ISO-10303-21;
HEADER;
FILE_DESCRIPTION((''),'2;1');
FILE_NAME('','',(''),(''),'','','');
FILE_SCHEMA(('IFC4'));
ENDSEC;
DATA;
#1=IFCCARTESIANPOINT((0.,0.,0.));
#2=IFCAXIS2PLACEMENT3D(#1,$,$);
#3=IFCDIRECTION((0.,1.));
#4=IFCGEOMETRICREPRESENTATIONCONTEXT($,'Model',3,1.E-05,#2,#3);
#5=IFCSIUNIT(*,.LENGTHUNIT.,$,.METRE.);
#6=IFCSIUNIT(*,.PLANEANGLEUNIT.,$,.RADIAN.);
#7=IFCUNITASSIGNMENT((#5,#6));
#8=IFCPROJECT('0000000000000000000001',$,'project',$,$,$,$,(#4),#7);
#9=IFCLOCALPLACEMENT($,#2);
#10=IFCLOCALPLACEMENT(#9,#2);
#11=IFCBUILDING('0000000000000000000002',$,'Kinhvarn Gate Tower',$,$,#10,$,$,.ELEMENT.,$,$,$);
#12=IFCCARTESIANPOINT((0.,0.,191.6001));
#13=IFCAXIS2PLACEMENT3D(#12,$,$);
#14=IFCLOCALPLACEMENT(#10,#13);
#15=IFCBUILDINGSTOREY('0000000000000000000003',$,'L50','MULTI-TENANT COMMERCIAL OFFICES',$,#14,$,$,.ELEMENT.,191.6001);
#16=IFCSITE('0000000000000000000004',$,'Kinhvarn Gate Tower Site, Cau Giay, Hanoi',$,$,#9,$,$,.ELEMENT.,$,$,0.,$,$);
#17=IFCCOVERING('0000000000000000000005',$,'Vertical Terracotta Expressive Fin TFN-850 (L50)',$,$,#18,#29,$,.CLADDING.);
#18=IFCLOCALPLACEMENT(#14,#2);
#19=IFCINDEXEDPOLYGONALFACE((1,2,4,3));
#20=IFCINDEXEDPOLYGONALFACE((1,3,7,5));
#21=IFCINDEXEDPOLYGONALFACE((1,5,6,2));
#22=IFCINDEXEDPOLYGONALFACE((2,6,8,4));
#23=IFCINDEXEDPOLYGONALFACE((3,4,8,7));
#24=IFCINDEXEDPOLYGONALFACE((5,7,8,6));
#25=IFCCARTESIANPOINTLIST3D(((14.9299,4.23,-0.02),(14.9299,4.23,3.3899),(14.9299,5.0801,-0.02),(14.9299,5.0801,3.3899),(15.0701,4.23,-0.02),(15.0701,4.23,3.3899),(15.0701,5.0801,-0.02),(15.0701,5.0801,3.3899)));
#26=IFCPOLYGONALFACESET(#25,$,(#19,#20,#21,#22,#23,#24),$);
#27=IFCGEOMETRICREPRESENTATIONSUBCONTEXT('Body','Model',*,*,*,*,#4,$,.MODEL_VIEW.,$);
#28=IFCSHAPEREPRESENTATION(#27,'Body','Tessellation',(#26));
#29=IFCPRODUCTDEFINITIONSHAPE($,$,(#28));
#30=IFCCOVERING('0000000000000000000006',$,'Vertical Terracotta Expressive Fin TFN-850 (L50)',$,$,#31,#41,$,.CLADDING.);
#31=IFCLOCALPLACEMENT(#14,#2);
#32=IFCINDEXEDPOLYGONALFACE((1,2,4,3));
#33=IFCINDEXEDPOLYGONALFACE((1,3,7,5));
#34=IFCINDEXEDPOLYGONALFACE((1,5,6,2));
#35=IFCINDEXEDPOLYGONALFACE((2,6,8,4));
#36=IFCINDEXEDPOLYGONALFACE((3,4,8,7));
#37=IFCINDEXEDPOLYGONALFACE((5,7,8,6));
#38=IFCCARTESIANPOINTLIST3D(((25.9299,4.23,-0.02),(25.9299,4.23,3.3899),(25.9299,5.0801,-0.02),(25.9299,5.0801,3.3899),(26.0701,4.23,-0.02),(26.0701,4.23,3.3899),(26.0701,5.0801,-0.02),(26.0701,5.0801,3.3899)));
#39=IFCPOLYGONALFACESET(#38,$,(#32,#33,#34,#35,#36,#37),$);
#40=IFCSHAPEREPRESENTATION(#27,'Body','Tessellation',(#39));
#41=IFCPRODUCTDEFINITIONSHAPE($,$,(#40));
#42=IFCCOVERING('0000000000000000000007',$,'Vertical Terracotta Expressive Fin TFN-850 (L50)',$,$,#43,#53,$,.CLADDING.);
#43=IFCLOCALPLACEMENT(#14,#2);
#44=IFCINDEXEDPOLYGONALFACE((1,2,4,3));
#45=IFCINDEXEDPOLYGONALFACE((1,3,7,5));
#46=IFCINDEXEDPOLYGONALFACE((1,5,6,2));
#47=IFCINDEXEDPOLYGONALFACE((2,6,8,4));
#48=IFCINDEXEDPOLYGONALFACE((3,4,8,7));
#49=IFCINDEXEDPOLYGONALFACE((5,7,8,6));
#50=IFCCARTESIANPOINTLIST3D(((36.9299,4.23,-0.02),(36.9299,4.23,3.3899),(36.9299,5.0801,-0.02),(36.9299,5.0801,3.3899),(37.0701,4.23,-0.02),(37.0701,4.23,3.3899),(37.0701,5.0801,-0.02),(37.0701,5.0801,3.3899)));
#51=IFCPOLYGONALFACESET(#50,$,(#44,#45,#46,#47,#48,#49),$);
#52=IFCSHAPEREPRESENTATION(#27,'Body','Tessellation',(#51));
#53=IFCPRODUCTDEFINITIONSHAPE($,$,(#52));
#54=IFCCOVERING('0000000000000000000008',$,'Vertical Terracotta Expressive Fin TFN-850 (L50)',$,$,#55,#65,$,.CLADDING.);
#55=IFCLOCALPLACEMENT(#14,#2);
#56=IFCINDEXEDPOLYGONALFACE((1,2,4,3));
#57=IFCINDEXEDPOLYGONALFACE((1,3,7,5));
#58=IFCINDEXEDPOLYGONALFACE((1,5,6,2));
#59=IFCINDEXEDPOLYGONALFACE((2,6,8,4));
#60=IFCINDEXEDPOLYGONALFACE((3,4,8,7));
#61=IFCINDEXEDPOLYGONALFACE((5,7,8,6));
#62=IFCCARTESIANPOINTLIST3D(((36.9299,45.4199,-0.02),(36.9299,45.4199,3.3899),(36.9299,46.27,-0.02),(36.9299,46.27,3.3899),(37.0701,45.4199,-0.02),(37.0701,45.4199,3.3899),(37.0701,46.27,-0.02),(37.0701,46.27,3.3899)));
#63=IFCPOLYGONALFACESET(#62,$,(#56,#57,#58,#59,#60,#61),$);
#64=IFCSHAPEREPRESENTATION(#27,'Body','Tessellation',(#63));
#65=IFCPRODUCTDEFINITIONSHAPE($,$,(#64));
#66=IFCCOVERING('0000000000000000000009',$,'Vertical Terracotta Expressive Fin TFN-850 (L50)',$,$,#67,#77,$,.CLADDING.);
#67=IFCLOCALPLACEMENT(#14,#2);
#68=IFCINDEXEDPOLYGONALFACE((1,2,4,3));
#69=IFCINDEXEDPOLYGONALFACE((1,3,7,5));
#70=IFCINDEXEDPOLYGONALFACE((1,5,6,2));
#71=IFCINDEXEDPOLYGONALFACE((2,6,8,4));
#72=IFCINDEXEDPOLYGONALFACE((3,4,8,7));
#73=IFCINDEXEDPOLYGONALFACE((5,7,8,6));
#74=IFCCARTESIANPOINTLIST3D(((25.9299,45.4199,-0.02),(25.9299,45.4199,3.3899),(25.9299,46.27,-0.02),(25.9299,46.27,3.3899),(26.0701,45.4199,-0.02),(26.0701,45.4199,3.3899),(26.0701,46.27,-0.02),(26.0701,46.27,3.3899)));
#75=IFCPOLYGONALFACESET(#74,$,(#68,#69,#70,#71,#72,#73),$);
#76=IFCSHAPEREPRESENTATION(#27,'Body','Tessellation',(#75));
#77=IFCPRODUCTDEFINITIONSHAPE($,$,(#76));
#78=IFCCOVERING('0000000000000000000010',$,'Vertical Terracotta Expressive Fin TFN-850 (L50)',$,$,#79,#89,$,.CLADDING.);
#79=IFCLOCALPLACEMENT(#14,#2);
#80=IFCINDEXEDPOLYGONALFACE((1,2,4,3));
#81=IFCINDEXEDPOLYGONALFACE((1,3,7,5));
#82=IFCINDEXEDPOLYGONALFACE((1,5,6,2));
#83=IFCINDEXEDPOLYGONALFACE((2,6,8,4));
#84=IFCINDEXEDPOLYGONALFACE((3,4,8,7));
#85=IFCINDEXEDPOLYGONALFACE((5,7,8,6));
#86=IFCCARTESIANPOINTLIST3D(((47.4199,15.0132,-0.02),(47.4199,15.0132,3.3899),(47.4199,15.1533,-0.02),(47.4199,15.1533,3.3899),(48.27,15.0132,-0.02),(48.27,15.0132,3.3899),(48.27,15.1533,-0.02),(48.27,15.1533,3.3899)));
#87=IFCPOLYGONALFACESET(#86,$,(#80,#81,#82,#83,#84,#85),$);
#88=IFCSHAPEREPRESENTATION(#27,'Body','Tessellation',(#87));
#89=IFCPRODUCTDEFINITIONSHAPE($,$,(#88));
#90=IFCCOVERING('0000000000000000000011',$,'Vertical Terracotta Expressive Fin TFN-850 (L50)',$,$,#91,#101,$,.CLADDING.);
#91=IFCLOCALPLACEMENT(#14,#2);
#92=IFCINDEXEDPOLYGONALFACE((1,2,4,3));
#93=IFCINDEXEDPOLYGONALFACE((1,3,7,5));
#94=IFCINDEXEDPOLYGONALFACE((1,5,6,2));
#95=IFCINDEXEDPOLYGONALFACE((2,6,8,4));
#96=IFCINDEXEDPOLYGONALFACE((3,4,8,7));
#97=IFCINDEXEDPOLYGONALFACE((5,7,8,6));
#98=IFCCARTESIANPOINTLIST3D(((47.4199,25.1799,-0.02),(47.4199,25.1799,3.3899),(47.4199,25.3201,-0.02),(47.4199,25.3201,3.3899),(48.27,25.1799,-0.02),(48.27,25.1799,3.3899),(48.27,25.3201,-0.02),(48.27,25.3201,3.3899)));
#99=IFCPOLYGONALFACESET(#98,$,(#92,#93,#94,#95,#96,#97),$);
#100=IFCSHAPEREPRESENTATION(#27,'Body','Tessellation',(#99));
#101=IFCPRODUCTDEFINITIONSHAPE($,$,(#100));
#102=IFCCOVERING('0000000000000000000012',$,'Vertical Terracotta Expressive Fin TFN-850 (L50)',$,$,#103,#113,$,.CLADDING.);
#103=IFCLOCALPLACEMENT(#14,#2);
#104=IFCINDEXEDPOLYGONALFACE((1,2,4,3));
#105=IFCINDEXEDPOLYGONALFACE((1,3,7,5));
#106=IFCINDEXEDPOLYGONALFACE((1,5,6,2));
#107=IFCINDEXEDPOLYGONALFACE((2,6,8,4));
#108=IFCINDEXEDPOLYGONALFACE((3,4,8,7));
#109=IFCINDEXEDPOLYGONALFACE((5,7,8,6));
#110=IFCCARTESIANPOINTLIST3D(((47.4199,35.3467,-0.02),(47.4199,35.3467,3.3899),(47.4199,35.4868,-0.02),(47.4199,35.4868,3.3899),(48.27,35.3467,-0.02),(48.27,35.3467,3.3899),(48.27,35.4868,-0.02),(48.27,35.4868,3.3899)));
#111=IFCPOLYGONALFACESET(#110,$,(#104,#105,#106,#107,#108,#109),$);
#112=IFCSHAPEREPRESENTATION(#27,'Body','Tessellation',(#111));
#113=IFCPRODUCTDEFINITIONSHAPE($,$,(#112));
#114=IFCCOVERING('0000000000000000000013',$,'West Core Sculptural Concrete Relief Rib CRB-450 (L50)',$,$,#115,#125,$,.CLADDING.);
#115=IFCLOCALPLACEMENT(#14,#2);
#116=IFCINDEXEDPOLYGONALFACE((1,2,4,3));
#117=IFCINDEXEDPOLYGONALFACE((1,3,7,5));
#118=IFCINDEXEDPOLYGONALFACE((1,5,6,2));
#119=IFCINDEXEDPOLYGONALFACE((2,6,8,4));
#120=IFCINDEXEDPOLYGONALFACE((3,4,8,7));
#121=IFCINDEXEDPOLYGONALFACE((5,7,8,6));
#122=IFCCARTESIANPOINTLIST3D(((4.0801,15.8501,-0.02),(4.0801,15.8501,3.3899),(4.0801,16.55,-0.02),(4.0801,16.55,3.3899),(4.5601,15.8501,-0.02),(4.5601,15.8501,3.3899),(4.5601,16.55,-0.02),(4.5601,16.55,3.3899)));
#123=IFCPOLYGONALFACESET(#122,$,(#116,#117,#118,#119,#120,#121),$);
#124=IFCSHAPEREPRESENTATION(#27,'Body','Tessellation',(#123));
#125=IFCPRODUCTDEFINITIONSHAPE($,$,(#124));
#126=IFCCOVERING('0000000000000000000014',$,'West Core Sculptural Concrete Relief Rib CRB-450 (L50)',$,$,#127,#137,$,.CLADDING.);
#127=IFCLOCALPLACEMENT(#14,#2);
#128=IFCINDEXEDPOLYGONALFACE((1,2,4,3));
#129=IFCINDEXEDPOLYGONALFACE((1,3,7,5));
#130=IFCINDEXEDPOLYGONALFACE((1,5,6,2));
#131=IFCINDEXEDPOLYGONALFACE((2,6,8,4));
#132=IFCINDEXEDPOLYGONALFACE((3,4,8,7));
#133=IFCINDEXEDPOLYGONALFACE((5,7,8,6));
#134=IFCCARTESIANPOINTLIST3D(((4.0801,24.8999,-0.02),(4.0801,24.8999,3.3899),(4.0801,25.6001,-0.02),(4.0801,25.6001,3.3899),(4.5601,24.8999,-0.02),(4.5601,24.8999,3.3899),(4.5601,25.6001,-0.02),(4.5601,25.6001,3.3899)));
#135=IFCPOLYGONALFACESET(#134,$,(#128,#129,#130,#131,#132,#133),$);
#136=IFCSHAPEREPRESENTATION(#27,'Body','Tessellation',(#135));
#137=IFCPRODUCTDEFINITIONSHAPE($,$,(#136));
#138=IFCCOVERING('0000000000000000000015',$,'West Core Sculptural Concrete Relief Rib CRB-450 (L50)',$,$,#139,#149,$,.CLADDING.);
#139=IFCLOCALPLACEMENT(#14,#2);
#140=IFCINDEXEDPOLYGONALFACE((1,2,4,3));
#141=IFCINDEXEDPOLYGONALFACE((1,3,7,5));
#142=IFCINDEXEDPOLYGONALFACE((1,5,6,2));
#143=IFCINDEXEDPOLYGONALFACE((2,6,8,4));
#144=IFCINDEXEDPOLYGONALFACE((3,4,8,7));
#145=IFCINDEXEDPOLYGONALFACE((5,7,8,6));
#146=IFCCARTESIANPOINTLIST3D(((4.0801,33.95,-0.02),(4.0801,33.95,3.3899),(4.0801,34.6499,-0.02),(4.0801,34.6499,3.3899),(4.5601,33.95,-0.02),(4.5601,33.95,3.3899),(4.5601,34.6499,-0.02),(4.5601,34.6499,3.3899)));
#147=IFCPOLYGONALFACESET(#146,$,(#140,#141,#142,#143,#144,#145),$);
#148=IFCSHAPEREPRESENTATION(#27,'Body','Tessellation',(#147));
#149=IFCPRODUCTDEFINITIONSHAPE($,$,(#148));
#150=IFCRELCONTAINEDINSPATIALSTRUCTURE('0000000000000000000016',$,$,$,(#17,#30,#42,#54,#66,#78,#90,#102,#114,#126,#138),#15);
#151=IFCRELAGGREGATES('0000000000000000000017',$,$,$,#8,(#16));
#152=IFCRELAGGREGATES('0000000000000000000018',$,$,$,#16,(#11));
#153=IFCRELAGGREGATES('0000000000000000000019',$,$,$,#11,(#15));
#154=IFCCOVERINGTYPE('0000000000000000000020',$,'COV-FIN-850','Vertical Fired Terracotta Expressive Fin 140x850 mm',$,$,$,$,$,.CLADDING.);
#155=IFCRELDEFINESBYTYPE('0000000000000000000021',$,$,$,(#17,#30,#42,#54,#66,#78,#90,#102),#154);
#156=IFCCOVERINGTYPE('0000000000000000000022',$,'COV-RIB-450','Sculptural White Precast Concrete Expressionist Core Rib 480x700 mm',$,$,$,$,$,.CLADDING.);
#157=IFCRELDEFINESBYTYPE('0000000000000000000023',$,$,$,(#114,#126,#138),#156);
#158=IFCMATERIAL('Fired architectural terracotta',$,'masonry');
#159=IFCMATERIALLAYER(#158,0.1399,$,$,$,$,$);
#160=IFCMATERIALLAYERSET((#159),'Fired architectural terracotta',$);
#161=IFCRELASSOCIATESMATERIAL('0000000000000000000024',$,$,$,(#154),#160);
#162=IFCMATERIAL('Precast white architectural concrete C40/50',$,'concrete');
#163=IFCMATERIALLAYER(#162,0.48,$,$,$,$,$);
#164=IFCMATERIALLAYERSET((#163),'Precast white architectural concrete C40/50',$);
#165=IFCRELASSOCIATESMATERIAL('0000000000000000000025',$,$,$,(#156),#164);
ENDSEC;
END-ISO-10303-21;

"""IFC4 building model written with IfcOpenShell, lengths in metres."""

from ifc_helpers import new_model, si_unit, direction, frame, origin, place, context, subcontext, project, spatial, polyline, outline, extrude, material, layer, layer_set, type_object, element, save


model = new_model("IFC4")

# Units and contexts
model_context = context("Model", 3, precision=1e-05, world=origin(), true_north=direction((0.0, 1.0)))
body_context = subcontext(model_context, "Body", "Model", "MODEL_VIEW")
ifc_project = project(units=[si_unit("LENGTHUNIT", "METRE"), si_unit("PLANEANGLEUNIT", "RADIAN")], contexts=[model_context])

# Site, building, storey
site_placement = place(None, origin())
site = spatial("IfcSite", under=ifc_project, at=site_placement, Name="Kinhvarn Gate Tower Site, Cau Giay, Hanoi", CompositionType="ELEMENT", RefElevation=0.0)
building_placement = place(site_placement, origin())
building = spatial("IfcBuilding", under=site, at=building_placement, Name="Kinhvarn Gate Tower", CompositionType="ELEMENT")
storey_placement = place(building_placement, frame((0.0, 0.0, 191.6001)))
storey = spatial("IfcBuildingStorey", under=building, at=storey_placement, Name="L50", Description="MULTI-TENANT COMMERCIAL OFFICES", CompositionType="ELEMENT", Elevation=191.6001)

# Shared definitions
ifc_material_1 = material(Name="Precast white architectural concrete C40/50", Category="concrete")

# Coverings
ifc_material_2 = material(Name="Fired architectural terracotta", Category="masonry")
ifc_layer_1 = layer(ifc_material_2, 0.1399)
ifc_layer_set_1 = layer_set([ifc_layer_1], Name="Fired architectural terracotta")
covering_type_1 = type_object("IfcCoveringType", Name="COV-FIN-850", Description="Vertical Fired Terracotta Expressive Fin 140x850 mm", PredefinedType="CLADDING", material=ifc_layer_set_1)
covering_1_placement = place(storey_placement, frame((0.0, 0.0, -0.02)))
element("IfcCovering", 1, at=covering_1_placement, inside=storey, type_object=covering_type_1, Name="Vertical Terracotta Expressive Fin TFN-850 (L50)", PredefinedType="CLADDING", context=body_context, shape_type="SweptSolid", body=[
    extrude(outline(polyline([(14.9299, 5.0801), (15.0701, 5.0801), (15.0701, 4.23), (14.9299, 4.23), (14.9299, 5.0801)])), origin(), (0.0, 0.0, 1.0), 3.4099),
])
covering_2_placement = place(storey_placement, frame((0.0, 0.0, -0.02)))
element("IfcCovering", 2, at=covering_2_placement, inside=storey, type_object=covering_type_1, Name="Vertical Terracotta Expressive Fin TFN-850 (L50)", PredefinedType="CLADDING", context=body_context, shape_type="SweptSolid", body=[
    extrude(outline(polyline([(25.9299, 5.0801), (26.0701, 5.0801), (26.0701, 4.23), (25.9299, 4.23), (25.9299, 5.0801)])), origin(), (0.0, 0.0, 1.0), 3.4099),
])
covering_3_placement = place(storey_placement, frame((0.0, 0.0, -0.02)))
element("IfcCovering", 3, at=covering_3_placement, inside=storey, type_object=covering_type_1, Name="Vertical Terracotta Expressive Fin TFN-850 (L50)", PredefinedType="CLADDING", context=body_context, shape_type="SweptSolid", body=[
    extrude(outline(polyline([(36.9299, 5.0801), (37.0701, 5.0801), (37.0701, 4.23), (36.9299, 4.23), (36.9299, 5.0801)])), origin(), (0.0, 0.0, 1.0), 3.4099),
])
covering_4_placement = place(storey_placement, frame((0.0, 0.0, -0.02)))
element("IfcCovering", 4, at=covering_4_placement, inside=storey, type_object=covering_type_1, Name="Vertical Terracotta Expressive Fin TFN-850 (L50)", PredefinedType="CLADDING", context=body_context, shape_type="SweptSolid", body=[
    extrude(outline(polyline([(37.0701, 45.4199), (36.9299, 45.4199), (36.9299, 46.27), (37.0701, 46.27), (37.0701, 45.4199)])), origin(), (0.0, 0.0, 1.0), 3.4099),
])
covering_5_placement = place(storey_placement, frame((0.0, 0.0, -0.02)))
element("IfcCovering", 5, at=covering_5_placement, inside=storey, type_object=covering_type_1, Name="Vertical Terracotta Expressive Fin TFN-850 (L50)", PredefinedType="CLADDING", context=body_context, shape_type="SweptSolid", body=[
    extrude(outline(polyline([(26.0701, 45.4199), (25.9299, 45.4199), (25.9299, 46.27), (26.0701, 46.27), (26.0701, 45.4199)])), origin(), (0.0, 0.0, 1.0), 3.4099),
])
covering_6_placement = place(storey_placement, frame((0.0, 0.0, -0.02)))
element("IfcCovering", 6, at=covering_6_placement, inside=storey, type_object=covering_type_1, Name="Vertical Terracotta Expressive Fin TFN-850 (L50)", PredefinedType="CLADDING", context=body_context, shape_type="SweptSolid", body=[
    extrude(outline(polyline([(47.4199, 15.0132), (47.4199, 15.1533), (48.27, 15.1533), (48.27, 15.0132), (47.4199, 15.0132)])), origin(), (0.0, 0.0, 1.0), 3.4099),
])
covering_7_placement = place(storey_placement, frame((0.0, 0.0, -0.02)))
element("IfcCovering", 7, at=covering_7_placement, inside=storey, type_object=covering_type_1, Name="Vertical Terracotta Expressive Fin TFN-850 (L50)", PredefinedType="CLADDING", context=body_context, shape_type="SweptSolid", body=[
    extrude(outline(polyline([(47.4199, 25.1799), (47.4199, 25.3201), (48.27, 25.3201), (48.27, 25.1799), (47.4199, 25.1799)])), origin(), (0.0, 0.0, 1.0), 3.4099),
])
covering_8_placement = place(storey_placement, frame((0.0, 0.0, -0.02)))
element("IfcCovering", 8, at=covering_8_placement, inside=storey, type_object=covering_type_1, Name="Vertical Terracotta Expressive Fin TFN-850 (L50)", PredefinedType="CLADDING", context=body_context, shape_type="SweptSolid", body=[
    extrude(outline(polyline([(47.4199, 35.3467), (47.4199, 35.4868), (48.27, 35.4868), (48.27, 35.3467), (47.4199, 35.3467)])), origin(), (0.0, 0.0, 1.0), 3.4099),
])
ifc_layer_2 = layer(ifc_material_1, 0.48)
ifc_layer_set_2 = layer_set([ifc_layer_2], Name="Precast white architectural concrete C40/50")
covering_type_2 = type_object("IfcCoveringType", Name="COV-RIB-450", Description="Sculptural White Precast Concrete Expressionist Core Rib 480x700 mm", PredefinedType="CLADDING", material=ifc_layer_set_2)
covering_9_placement = place(storey_placement, frame((0.0, 0.0, -0.02)))
element("IfcCovering", 9, at=covering_9_placement, inside=storey, type_object=covering_type_2, Name="West Core Sculptural Concrete Relief Rib CRB-450 (L50)", PredefinedType="CLADDING", context=body_context, shape_type="SweptSolid", body=[
    extrude(outline(polyline([(4.0801, 15.8501), (4.5601, 15.8501), (4.5601, 16.55), (4.0801, 16.55), (4.0801, 15.8501)])), origin(), (0.0, 0.0, 1.0), 3.4099),
])
covering_10_placement = place(storey_placement, frame((0.0, 0.0, -0.02)))
element("IfcCovering", 10, at=covering_10_placement, inside=storey, type_object=covering_type_2, Name="West Core Sculptural Concrete Relief Rib CRB-450 (L50)", PredefinedType="CLADDING", context=body_context, shape_type="SweptSolid", body=[
    extrude(outline(polyline([(4.0801, 24.8999), (4.5601, 24.8999), (4.5601, 25.6001), (4.0801, 25.6001), (4.0801, 24.8999)])), origin(), (0.0, 0.0, 1.0), 3.4099),
])
covering_11_placement = place(storey_placement, frame((0.0, 0.0, -0.02)))
element("IfcCovering", 11, at=covering_11_placement, inside=storey, type_object=covering_type_2, Name="West Core Sculptural Concrete Relief Rib CRB-450 (L50)", PredefinedType="CLADDING", context=body_context, shape_type="SweptSolid", body=[
    extrude(outline(polyline([(4.0801, 33.95), (4.5601, 33.95), (4.5601, 34.6499), (4.0801, 34.6499), (4.0801, 33.95)])), origin(), (0.0, 0.0, 1.0), 3.4099),
])

save(model, "model.ifc")
